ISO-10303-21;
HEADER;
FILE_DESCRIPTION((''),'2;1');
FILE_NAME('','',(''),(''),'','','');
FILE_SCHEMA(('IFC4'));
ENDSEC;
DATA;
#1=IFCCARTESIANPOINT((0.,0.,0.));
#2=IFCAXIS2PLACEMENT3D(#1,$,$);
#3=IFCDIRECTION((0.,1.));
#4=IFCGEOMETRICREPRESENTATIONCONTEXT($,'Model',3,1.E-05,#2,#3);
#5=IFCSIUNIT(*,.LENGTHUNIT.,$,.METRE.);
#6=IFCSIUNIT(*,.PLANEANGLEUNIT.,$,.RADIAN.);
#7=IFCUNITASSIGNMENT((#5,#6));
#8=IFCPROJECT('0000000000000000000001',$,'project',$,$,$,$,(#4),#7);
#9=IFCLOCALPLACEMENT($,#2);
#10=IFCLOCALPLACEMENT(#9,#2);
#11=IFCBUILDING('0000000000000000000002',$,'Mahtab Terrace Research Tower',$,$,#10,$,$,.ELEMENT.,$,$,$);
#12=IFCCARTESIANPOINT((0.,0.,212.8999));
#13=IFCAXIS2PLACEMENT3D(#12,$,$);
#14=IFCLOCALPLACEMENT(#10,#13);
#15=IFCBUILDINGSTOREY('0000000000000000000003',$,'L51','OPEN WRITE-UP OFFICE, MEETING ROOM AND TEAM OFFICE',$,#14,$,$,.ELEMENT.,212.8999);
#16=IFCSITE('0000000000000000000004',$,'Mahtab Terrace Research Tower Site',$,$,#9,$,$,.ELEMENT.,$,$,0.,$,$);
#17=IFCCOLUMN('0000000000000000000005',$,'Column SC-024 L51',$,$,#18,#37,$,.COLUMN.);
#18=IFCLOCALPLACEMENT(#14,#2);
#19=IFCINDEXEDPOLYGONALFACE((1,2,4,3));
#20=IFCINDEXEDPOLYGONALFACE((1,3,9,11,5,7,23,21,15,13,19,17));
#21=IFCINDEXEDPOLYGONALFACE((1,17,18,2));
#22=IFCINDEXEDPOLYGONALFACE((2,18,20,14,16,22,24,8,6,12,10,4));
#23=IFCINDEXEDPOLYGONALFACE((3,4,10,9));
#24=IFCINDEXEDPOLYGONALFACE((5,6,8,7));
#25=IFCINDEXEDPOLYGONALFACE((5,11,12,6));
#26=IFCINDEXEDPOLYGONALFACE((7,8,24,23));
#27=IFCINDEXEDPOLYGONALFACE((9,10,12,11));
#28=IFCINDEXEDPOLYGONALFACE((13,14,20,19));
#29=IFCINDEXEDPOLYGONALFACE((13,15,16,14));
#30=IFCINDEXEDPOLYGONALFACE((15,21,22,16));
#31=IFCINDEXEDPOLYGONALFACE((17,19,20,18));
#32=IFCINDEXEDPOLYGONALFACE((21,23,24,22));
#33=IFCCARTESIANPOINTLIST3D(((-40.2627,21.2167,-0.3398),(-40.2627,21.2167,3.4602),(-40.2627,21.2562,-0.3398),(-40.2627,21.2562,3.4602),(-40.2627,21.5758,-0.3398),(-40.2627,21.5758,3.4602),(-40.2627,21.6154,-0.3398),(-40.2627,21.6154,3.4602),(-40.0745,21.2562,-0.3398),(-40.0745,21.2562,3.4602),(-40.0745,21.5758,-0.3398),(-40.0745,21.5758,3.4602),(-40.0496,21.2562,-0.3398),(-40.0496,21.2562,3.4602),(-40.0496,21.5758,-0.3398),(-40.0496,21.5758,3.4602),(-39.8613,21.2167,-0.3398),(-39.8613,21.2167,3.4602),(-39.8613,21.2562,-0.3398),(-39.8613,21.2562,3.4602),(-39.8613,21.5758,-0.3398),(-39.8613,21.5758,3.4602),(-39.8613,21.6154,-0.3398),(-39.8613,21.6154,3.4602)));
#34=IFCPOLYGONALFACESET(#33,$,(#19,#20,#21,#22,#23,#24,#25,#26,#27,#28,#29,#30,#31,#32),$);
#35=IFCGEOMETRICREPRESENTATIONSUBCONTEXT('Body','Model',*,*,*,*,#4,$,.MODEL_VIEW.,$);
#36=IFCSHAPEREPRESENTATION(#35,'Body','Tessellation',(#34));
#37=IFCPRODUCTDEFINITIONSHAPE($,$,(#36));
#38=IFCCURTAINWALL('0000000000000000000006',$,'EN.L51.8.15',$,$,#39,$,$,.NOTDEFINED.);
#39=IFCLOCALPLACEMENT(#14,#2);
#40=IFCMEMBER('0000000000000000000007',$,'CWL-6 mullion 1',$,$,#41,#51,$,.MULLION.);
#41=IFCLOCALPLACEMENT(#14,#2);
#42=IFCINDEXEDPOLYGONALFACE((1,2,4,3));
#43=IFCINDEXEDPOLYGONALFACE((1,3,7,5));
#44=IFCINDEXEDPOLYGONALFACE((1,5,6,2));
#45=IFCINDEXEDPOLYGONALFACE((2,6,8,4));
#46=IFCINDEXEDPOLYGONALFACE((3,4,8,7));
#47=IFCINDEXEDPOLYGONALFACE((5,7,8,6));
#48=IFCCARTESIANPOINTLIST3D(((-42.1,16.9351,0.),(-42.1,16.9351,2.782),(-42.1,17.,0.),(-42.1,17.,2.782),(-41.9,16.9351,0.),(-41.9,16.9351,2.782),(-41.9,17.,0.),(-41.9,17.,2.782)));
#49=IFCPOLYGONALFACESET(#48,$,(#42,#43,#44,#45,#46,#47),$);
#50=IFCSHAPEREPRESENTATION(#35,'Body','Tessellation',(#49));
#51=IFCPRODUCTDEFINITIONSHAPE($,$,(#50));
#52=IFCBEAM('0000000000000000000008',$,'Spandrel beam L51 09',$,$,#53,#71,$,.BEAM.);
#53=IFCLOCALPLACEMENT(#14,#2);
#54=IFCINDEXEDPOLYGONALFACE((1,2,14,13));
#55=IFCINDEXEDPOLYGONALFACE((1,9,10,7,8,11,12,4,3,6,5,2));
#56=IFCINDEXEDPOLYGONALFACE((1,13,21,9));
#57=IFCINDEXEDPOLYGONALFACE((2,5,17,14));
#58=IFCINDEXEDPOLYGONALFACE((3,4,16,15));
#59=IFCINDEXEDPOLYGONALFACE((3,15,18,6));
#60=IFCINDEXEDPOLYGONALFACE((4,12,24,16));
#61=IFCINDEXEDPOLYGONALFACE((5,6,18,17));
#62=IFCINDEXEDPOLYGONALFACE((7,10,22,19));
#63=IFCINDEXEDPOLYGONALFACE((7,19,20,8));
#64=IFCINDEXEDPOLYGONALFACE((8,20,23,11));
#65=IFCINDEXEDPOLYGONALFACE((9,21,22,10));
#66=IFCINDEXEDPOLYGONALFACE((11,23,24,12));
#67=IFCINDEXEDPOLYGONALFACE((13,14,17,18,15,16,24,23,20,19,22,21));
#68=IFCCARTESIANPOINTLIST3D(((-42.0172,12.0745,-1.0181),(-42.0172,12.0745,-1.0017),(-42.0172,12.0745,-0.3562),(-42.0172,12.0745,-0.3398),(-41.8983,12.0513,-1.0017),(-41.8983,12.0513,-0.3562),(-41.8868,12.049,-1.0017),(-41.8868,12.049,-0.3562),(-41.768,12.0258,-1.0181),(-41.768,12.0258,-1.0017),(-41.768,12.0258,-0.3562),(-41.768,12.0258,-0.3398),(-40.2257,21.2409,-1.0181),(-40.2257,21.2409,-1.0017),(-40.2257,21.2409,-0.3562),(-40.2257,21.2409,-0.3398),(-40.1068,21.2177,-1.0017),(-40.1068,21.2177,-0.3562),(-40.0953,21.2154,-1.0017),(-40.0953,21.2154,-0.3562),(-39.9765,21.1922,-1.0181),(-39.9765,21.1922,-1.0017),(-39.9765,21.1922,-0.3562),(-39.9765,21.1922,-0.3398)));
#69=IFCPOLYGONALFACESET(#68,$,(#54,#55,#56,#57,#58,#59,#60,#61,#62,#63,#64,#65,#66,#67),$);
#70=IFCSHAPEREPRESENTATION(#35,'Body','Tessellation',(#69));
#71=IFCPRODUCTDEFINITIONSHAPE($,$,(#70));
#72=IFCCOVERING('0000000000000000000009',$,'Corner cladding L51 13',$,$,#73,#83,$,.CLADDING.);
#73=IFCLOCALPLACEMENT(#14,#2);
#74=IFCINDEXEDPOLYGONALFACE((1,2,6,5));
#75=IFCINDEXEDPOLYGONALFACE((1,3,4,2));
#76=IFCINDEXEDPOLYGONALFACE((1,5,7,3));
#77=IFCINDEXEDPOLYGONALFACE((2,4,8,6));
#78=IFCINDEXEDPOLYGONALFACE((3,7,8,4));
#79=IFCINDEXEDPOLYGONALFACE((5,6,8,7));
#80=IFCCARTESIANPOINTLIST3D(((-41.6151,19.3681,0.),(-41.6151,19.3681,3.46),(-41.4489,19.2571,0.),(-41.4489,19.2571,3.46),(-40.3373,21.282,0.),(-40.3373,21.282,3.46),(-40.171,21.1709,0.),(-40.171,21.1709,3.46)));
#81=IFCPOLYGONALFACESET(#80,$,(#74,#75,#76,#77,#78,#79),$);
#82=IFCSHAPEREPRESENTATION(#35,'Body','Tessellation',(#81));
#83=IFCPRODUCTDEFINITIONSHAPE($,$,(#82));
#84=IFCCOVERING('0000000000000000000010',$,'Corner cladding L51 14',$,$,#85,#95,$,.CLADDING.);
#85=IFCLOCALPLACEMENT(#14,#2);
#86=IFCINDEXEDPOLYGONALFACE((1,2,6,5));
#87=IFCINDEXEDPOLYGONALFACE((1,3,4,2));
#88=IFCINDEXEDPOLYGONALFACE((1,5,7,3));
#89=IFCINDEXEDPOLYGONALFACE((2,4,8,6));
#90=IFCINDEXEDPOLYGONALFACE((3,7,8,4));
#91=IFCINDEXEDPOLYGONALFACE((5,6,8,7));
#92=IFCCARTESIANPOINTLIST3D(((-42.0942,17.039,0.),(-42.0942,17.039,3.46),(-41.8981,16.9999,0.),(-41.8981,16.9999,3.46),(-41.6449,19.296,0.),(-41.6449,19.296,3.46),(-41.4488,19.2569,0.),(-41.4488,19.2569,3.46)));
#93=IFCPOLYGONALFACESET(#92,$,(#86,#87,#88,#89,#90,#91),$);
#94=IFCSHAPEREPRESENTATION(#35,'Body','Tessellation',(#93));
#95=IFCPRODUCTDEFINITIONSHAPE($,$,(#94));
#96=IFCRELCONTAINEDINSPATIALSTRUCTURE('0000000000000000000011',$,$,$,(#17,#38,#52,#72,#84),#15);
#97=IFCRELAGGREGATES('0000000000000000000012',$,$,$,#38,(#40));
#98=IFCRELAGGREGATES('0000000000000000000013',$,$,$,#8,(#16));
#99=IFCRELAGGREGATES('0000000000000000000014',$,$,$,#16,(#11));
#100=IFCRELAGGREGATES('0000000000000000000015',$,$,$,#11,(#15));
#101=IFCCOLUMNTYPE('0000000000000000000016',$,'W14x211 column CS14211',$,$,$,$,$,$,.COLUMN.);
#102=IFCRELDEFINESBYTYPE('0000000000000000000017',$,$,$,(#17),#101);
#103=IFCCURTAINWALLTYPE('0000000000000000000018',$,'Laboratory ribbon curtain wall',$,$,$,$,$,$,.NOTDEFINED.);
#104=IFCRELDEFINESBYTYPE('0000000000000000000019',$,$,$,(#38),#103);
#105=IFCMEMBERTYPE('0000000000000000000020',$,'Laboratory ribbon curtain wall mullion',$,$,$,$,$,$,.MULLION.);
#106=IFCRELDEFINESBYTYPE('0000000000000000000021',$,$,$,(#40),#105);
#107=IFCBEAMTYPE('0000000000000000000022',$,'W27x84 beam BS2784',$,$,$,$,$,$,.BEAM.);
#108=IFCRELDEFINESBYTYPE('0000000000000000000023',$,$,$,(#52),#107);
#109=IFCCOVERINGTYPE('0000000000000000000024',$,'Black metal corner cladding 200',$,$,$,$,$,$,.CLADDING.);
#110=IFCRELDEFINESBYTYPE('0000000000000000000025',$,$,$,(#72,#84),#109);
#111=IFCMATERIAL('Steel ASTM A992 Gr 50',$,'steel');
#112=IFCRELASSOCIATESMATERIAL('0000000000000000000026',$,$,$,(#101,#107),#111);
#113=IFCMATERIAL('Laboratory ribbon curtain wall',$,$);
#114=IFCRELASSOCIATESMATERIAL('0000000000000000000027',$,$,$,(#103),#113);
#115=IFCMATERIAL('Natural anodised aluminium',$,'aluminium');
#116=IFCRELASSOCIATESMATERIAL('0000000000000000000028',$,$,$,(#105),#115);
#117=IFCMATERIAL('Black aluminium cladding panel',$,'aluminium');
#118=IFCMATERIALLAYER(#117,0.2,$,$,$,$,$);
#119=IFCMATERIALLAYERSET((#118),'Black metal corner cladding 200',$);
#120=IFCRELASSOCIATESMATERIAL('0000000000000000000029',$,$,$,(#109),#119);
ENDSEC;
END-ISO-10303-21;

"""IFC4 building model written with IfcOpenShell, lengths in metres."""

from ifc_helpers import new_model, si_unit, direction, frame, origin, origin_2d, place, context, subcontext, project, spatial, rectangle, i_section, extrude, material, layer, layer_set, material_profile, profile_set, type_object, element, aggregate, save


model = new_model("IFC4")

# Units and contexts
model_context = context("Model", 3, precision=1e-05, world=origin(), true_north=direction((0.0, 1.0)))
body_context = subcontext(model_context, "Body", "Model", "MODEL_VIEW")
ifc_project = project(units=[si_unit("LENGTHUNIT", "METRE"), si_unit("PLANEANGLEUNIT", "RADIAN")], contexts=[model_context])

# Site, building, storey
site_placement = place(None, origin())
site = spatial("IfcSite", under=ifc_project, at=site_placement, Name="Mahtab Terrace Research Tower Site", CompositionType="ELEMENT", RefElevation=0.0)
building_placement = place(site_placement, origin())
building = spatial("IfcBuilding", under=site, at=building_placement, Name="Mahtab Terrace Research Tower", CompositionType="ELEMENT")
storey_placement = place(building_placement, frame((0.0, 0.0, 212.8999)))
storey = spatial("IfcBuildingStorey", under=building, at=storey_placement, Name="L51", Description="OPEN WRITE-UP OFFICE, MEETING ROOM AND TEAM OFFICE", CompositionType="ELEMENT", Elevation=212.8999)

# Column
ifc_material_1 = material(Name="Steel ASTM A992 Gr 50", Category="steel")
ifc_material_profile_1 = material_profile(ifc_material_1, i_section(OverallWidth=0.4014, OverallDepth=0.3987, WebThickness=0.0249, FlangeThickness=0.0396, at=origin_2d()), Name="W14X211")
ifc_profile_set_1 = profile_set([ifc_material_profile_1], Name="Steel ASTM A992 Gr 50")
column_type = type_object("IfcColumnType", Name="W14x211 column CS14211", PredefinedType="COLUMN", material=ifc_profile_set_1)
column_placement = place(storey_placement, frame((-40.062, 21.416, -0.3398), z_axis=(0.0, 0.0, 1.0), x_axis=(1.0, 0.0, 0.0)))
element("IfcColumn", 1, at=column_placement, inside=storey, type_object=column_type, Name="Column SC-024 L51", PredefinedType="COLUMN", context=body_context, shape_type="SweptSolid", body=[
    extrude(i_section(OverallWidth=0.4014, OverallDepth=0.3987, WebThickness=0.0249, FlangeThickness=0.0396, at=origin_2d()), origin(), (0.0, 0.0, 1.0), 3.8),
])

# Curtain wall, member
ifc_material_2 = material(Name="Laboratory ribbon curtain wall")
curtain_wall_type = type_object("IfcCurtainWallType", Name="Laboratory ribbon curtain wall", PredefinedType="NOTDEFINED", material=ifc_material_2)
curtain_wall_placement = place(storey_placement, origin())
curtain_wall = element("IfcCurtainWall", 2, at=curtain_wall_placement, inside=storey, type_object=curtain_wall_type, Name="EN.L51.8.15", PredefinedType="NOTDEFINED")
ifc_material_3 = material(Name="Natural anodised aluminium", Category="aluminium")
ifc_material_profile_2 = material_profile(ifc_material_3, rectangle(XDim=0.2, YDim=0.0649, at=origin_2d()), Name="MULLION 65x200")
ifc_profile_set_2 = profile_set([ifc_material_profile_2], Name="Natural anodised aluminium")
member_type = type_object("IfcMemberType", Name="Laboratory ribbon curtain wall mullion", PredefinedType="MULLION", material=ifc_profile_set_2)
member_placement = place(storey_placement, frame((-42.0, 16.9675, 0.0), z_axis=(0.0, 0.0, 1.0), x_axis=(1.0, 0.0, 0.0)))
member = element("IfcMember", 3, at=member_placement, type_object=member_type, Name="CWL-6 mullion 1", PredefinedType="MULLION", context=body_context, shape_type="SweptSolid", body=[
    extrude(rectangle(XDim=0.2, YDim=0.0649, at=origin_2d()), origin(), (0.0, 0.0, 1.0), 2.782),
])
aggregate(curtain_wall, [member])

# Beam
ifc_material_profile_3 = material_profile(ifc_material_1, i_section(OverallWidth=0.2539, OverallDepth=0.6782, WebThickness=0.0117, FlangeThickness=0.0164, at=origin_2d()), Name="W27X84")
ifc_profile_set_3 = profile_set([ifc_material_profile_3], Name="Steel ASTM A992 Gr 50")
beam_type = type_object("IfcBeamType", Name="W27x84 beam BS2784", PredefinedType="BEAM", material=ifc_profile_set_3)
beam_placement = place(storey_placement, frame((-40.1011, 21.2166, -0.679), z_axis=(-0.191811, -0.981432, 0.0), x_axis=(0.981432, -0.191811, 0.0)))
element("IfcBeam", 4, at=beam_placement, inside=storey, type_object=beam_type, Name="Spandrel beam L51 09", PredefinedType="BEAM", context=body_context, shape_type="SweptSolid", body=[
    extrude(i_section(OverallWidth=0.2539, OverallDepth=0.6782, WebThickness=0.0117, FlangeThickness=0.0164, at=origin_2d()), origin(), (0.0, 0.0, 1.0), 9.3398),
])

# Coverings
ifc_material_4 = material(Name="Black aluminium cladding panel", Category="aluminium")
ifc_layer_1 = layer(ifc_material_4, 0.2)
ifc_layer_set_1 = layer_set([ifc_layer_1], Name="Black metal corner cladding 200")
covering_type = type_object("IfcCoveringType", Name="Black metal corner cladding 200", PredefinedType="CLADDING", material=ifc_layer_set_1)
for number, where, z_axis, x_axis, name in (
    (5, (-40.8931, 20.2695, 0.0), (0.0, 0.0, 1.0), (-0.555291, -0.831656, 0.0), "Corner cladding L51 13"),
    (6, (-41.7715, 18.1479, 0.0), (0.0, 0.0, 1.0), (-0.195212, -0.980761, 0.0), "Corner cladding L51 14"),
):
    element("IfcCovering", number, at=place(storey_placement, frame(where, z_axis=z_axis, x_axis=x_axis)), inside=storey, type_object=covering_type, Name=name, PredefinedType="CLADDING", context=body_context, shape_type="SweptSolid", body=[
        extrude(rectangle(XDim=2.3013, YDim=0.2, at=origin_2d()), origin(), (0.0, 0.0, 1.0), 3.46),
    ])

save(model, "model.ifc")
